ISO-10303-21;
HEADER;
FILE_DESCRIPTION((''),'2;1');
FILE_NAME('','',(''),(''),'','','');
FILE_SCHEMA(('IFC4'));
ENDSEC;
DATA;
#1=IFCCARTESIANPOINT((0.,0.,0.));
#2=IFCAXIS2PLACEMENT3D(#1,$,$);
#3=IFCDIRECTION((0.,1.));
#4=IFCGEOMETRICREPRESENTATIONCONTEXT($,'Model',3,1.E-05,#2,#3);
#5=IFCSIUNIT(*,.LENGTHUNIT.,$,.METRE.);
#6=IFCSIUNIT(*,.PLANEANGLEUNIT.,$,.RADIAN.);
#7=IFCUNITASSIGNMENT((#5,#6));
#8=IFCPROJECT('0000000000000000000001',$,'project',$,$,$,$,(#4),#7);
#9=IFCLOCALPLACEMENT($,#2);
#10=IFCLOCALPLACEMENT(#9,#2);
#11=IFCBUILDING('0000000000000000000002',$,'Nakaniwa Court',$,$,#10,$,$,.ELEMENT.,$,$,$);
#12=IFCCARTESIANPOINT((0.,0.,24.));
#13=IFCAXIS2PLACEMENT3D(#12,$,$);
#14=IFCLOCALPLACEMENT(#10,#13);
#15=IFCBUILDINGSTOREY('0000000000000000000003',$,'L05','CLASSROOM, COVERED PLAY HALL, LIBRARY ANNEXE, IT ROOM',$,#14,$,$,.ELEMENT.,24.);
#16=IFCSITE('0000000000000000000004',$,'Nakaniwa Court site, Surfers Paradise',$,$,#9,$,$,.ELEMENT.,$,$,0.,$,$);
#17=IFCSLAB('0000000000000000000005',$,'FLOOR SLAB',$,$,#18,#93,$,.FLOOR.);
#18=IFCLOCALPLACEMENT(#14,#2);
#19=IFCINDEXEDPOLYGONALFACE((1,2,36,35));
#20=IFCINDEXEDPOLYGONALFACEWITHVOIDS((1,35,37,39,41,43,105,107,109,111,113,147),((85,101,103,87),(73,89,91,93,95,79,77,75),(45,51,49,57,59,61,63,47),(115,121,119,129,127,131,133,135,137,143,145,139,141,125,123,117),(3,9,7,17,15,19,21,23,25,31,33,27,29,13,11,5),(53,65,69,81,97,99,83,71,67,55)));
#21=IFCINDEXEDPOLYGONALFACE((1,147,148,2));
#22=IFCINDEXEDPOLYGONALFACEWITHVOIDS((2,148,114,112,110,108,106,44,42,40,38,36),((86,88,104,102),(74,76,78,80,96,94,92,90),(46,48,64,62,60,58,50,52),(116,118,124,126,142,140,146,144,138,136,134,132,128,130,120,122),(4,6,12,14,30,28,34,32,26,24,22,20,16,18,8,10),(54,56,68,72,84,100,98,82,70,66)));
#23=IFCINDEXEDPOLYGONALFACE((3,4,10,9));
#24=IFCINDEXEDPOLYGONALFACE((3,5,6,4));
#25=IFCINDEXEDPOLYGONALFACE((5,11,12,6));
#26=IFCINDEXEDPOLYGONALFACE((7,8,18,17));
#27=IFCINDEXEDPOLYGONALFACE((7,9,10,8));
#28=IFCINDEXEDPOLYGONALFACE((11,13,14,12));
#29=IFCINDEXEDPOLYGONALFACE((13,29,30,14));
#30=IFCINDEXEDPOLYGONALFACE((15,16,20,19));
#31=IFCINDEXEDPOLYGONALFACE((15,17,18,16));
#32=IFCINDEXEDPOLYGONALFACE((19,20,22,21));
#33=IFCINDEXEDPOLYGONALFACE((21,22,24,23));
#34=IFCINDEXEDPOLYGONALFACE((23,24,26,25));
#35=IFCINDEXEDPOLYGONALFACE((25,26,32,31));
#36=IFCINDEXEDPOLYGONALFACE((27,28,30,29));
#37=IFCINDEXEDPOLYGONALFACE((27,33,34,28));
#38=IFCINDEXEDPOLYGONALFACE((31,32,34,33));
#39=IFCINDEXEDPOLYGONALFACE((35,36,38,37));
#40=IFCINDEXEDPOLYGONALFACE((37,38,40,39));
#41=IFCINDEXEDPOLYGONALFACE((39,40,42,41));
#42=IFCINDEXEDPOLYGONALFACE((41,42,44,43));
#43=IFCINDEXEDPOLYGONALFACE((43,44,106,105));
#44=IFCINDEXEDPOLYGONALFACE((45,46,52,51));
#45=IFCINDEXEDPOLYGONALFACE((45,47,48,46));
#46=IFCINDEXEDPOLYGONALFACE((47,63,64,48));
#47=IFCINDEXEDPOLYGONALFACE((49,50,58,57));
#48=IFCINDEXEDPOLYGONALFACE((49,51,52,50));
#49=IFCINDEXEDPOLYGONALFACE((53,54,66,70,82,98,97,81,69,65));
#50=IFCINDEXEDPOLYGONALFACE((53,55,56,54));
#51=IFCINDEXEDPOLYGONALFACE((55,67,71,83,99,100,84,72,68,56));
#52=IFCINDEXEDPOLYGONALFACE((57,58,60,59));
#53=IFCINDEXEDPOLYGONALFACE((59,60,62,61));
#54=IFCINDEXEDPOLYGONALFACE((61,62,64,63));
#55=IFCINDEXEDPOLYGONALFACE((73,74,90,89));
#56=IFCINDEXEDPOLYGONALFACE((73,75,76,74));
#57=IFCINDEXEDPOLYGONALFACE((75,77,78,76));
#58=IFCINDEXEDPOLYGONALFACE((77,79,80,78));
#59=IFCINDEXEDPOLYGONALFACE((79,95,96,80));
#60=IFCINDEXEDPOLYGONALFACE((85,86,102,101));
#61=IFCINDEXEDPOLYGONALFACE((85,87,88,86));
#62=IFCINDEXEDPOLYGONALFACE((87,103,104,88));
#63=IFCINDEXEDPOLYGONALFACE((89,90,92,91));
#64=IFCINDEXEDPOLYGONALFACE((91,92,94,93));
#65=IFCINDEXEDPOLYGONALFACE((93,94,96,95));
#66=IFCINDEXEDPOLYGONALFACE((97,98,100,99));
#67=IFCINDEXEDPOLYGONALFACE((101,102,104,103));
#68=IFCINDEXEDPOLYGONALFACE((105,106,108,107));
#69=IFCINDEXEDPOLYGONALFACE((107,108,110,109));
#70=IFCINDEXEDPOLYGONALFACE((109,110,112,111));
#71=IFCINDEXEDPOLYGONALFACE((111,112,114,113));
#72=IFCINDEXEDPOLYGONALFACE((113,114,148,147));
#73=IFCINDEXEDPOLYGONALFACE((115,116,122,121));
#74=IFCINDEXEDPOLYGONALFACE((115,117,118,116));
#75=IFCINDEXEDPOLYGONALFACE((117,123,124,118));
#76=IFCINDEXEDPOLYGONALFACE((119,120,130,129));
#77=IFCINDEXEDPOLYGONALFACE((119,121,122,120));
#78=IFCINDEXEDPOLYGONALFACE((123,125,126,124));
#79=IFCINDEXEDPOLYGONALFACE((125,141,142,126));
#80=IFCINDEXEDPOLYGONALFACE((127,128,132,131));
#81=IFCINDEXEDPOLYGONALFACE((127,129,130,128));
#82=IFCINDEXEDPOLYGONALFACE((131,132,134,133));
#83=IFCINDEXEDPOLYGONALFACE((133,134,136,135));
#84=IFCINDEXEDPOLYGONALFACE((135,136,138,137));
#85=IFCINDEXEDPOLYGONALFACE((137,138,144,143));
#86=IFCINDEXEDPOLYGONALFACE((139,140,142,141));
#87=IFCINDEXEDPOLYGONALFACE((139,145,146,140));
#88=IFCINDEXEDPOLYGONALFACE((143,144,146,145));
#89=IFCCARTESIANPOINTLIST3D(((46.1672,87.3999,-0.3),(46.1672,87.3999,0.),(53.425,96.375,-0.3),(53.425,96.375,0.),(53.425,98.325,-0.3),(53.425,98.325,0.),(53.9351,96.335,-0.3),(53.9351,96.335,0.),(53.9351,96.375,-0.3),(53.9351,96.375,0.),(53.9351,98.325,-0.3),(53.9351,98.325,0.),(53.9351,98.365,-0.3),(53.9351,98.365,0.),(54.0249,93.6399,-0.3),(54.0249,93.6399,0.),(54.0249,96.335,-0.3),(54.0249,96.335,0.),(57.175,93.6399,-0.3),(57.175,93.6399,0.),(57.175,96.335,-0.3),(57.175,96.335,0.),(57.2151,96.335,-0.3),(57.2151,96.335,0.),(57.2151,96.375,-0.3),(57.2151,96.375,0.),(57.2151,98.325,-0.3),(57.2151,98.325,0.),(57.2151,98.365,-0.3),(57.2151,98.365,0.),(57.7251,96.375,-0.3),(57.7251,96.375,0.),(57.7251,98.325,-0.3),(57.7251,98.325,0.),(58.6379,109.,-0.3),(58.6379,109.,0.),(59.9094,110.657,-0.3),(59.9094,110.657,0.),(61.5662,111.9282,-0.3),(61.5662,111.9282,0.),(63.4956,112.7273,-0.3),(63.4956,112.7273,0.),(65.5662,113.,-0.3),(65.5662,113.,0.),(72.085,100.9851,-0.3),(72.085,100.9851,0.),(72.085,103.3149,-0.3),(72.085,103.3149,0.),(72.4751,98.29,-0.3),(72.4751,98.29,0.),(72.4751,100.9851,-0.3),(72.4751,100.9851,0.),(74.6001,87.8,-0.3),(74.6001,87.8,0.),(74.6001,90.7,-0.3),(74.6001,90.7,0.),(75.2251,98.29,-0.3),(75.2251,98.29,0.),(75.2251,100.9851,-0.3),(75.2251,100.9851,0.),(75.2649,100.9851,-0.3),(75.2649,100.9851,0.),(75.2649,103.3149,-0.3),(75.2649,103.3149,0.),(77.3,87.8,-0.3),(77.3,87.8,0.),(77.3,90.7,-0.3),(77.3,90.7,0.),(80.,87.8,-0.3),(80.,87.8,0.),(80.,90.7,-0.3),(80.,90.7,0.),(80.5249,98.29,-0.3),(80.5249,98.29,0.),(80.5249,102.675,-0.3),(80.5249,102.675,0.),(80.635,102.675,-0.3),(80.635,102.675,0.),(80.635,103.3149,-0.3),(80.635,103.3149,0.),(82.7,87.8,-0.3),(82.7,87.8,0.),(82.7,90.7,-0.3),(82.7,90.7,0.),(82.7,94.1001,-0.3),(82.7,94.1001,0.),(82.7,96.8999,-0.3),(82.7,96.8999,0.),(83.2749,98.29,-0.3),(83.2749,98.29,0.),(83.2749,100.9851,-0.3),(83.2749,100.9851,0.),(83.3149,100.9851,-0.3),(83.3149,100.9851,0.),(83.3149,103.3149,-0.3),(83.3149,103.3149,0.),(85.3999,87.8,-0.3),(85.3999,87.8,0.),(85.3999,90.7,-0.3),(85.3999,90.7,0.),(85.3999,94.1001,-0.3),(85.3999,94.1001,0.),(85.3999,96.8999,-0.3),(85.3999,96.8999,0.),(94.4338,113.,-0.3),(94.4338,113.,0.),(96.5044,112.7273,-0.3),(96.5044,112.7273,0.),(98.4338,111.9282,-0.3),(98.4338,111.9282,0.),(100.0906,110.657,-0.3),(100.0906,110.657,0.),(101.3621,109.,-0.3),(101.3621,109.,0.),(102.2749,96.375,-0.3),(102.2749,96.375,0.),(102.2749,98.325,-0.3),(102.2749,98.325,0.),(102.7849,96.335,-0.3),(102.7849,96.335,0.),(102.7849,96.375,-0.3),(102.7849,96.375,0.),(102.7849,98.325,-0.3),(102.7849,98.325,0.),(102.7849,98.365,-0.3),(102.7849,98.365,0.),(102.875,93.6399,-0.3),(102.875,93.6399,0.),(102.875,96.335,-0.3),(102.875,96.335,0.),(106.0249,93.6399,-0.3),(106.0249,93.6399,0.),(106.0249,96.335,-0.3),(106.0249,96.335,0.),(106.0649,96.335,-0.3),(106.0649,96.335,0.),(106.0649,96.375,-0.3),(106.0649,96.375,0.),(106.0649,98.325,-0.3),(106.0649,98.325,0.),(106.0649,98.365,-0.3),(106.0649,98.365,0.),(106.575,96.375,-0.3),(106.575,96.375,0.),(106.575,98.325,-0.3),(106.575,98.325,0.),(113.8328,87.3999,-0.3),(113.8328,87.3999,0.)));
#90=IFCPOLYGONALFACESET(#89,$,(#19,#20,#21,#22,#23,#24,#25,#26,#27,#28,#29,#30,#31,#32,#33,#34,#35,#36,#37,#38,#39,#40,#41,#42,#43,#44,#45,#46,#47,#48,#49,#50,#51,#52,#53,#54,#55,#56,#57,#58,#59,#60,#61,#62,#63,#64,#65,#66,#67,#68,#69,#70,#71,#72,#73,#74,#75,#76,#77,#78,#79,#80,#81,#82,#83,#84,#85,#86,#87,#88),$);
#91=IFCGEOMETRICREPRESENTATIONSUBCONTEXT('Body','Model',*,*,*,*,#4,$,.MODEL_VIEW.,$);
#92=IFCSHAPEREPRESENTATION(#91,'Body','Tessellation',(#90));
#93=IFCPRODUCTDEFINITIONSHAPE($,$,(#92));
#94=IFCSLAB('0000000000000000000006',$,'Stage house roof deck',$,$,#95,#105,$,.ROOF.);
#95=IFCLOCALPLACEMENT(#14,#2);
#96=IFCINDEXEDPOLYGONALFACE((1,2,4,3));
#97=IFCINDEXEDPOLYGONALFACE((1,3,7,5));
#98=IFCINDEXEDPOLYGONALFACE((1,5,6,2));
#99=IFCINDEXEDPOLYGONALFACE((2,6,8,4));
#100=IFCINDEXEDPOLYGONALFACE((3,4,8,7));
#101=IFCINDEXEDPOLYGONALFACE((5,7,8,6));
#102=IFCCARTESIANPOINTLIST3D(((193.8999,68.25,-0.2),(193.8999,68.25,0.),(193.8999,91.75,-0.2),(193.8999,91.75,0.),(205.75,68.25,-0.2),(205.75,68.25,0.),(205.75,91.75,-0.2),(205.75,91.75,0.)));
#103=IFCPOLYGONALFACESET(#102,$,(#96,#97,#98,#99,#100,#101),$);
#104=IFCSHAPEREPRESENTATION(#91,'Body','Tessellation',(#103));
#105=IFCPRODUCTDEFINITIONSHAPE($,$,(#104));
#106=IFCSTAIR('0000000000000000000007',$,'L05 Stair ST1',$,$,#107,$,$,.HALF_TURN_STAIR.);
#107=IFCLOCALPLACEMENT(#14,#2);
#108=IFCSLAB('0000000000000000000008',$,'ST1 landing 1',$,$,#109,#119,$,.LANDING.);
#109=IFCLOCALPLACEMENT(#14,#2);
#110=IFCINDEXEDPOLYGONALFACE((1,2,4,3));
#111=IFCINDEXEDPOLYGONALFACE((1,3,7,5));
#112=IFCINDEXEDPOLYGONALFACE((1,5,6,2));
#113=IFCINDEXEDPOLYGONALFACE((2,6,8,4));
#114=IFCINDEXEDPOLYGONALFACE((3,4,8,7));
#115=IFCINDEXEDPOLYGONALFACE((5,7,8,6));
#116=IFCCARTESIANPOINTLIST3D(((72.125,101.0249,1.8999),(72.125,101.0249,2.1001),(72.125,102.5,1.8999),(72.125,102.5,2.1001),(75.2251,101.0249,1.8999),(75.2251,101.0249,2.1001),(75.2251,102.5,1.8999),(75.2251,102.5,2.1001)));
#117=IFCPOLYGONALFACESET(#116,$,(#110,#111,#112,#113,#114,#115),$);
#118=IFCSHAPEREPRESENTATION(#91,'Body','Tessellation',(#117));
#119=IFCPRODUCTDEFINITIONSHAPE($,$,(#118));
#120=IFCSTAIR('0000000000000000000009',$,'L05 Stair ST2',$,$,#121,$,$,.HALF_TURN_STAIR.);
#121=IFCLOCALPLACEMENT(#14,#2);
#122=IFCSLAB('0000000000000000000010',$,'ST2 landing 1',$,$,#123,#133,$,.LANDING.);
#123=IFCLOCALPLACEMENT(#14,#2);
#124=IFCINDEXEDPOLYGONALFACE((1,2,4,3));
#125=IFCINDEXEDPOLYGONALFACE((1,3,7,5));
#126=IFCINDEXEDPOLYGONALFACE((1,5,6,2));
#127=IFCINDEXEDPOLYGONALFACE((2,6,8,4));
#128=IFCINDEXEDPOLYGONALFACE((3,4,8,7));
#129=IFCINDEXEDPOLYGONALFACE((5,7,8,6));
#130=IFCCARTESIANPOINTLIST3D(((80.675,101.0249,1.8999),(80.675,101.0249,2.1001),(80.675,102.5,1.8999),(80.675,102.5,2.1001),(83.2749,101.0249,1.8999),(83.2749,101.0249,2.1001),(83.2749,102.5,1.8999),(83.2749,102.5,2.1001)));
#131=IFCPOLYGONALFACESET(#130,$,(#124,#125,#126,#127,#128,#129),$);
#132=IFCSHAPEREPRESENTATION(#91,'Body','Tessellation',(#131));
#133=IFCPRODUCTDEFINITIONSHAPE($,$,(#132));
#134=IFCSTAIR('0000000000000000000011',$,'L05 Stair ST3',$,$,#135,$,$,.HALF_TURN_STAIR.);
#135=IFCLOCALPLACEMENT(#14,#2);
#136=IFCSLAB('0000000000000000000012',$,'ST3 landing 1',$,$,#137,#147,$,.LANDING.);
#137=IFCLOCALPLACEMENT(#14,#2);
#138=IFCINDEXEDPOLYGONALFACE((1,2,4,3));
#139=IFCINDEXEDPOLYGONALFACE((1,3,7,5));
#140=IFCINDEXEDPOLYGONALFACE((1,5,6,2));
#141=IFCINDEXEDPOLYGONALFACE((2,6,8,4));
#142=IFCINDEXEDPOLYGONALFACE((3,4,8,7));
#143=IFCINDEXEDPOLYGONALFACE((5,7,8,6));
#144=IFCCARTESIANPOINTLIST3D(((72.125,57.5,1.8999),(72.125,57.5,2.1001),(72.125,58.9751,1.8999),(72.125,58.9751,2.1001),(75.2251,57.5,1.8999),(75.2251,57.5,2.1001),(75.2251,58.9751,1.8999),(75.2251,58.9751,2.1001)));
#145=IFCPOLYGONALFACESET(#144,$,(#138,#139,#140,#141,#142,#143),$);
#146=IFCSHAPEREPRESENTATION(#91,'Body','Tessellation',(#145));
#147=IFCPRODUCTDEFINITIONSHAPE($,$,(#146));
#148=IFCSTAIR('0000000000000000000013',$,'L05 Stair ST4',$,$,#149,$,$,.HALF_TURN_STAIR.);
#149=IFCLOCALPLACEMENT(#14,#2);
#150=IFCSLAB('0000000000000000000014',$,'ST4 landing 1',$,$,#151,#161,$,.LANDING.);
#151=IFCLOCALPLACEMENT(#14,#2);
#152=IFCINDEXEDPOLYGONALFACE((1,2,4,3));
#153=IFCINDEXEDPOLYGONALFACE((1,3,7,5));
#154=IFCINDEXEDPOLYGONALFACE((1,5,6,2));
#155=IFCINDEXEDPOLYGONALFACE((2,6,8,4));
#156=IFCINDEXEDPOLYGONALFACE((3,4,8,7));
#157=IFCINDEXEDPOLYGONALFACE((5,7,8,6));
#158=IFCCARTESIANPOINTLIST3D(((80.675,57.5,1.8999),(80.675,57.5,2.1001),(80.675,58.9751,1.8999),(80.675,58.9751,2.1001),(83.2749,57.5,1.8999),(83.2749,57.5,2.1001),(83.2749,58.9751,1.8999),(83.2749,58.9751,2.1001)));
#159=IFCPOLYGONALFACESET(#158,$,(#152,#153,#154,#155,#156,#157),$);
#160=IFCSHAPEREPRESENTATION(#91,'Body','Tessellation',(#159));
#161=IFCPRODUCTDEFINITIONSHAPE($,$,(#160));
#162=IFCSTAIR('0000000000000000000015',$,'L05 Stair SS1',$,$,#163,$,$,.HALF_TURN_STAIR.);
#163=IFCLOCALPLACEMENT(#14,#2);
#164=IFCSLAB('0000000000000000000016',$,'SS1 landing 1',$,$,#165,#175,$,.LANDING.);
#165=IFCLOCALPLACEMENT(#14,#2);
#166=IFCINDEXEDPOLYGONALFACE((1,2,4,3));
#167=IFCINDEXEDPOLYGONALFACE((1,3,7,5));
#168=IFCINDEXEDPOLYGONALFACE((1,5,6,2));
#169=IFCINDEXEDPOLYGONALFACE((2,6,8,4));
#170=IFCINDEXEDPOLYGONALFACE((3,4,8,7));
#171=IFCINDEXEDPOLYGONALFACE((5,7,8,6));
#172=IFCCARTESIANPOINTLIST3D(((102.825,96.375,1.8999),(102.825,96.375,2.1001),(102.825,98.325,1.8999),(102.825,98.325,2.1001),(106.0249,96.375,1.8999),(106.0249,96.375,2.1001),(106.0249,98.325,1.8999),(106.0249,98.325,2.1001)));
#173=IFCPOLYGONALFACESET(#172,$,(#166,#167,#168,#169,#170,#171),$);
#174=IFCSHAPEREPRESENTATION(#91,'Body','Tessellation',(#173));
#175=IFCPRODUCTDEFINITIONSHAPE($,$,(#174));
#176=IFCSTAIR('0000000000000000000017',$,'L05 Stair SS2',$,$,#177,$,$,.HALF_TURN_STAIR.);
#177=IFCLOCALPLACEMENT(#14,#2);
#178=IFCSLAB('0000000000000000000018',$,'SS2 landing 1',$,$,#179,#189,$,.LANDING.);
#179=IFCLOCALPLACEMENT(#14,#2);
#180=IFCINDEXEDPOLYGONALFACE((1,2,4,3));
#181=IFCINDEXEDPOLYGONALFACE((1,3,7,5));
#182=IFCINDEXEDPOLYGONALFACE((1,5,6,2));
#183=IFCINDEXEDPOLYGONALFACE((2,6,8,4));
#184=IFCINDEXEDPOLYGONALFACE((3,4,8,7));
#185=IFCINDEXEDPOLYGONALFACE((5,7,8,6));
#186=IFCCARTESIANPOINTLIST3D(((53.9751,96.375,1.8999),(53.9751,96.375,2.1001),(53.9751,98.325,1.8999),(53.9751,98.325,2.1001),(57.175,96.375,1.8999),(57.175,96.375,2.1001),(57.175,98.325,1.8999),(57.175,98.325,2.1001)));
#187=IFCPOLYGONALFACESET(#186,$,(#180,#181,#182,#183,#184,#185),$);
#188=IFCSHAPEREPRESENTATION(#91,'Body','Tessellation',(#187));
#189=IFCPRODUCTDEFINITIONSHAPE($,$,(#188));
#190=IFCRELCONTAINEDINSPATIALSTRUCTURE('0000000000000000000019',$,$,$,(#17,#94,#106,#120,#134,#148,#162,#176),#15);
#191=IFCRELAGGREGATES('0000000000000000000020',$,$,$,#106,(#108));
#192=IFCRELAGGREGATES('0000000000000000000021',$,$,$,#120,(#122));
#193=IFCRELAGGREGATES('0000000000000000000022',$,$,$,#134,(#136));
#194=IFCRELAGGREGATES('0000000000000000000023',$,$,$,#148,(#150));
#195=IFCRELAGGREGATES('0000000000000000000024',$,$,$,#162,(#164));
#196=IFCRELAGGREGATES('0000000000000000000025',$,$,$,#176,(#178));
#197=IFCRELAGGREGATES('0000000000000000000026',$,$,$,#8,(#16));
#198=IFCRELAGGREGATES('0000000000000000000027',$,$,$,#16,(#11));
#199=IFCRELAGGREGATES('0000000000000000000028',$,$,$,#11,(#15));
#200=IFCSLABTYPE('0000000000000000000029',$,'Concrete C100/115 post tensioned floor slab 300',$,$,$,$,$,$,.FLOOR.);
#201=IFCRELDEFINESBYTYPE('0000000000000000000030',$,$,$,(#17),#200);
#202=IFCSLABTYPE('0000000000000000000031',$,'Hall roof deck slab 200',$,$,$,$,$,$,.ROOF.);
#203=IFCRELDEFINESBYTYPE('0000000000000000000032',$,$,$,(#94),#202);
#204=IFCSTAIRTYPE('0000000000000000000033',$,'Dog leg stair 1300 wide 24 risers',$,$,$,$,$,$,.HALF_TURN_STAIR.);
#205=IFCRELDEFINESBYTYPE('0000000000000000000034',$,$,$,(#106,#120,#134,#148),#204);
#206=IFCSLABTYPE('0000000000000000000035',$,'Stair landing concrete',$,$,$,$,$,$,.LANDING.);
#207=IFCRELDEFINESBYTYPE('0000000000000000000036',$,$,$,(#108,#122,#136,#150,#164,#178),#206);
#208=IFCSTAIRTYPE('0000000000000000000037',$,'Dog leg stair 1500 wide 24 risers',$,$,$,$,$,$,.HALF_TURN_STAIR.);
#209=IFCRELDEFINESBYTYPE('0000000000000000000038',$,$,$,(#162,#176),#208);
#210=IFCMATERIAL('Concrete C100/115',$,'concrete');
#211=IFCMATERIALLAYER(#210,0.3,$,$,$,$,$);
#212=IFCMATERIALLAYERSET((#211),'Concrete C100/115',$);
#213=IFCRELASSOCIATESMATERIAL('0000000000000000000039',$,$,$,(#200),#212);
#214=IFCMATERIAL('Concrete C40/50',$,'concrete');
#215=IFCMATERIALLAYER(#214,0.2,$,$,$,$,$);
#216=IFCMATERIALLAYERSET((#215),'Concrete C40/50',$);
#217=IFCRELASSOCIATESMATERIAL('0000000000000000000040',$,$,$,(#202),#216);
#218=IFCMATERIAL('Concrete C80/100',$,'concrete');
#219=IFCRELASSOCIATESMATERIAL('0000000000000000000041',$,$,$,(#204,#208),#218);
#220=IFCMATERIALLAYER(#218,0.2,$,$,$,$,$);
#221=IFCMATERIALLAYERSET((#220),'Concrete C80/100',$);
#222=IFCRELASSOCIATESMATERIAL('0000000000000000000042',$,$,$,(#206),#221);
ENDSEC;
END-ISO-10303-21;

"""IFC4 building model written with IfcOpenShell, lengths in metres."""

from ifc_helpers import new_model, si_unit, direction, frame, origin, place, context, subcontext, project, spatial, polyline, outline, extrude, material, layer, layer_set, type_object, element, aggregate, save


model = new_model("IFC4")

# Units and contexts
model_context = context("Model", 3, precision=1e-05, world=origin(), true_north=direction((0.0, 1.0)))
body_context = subcontext(model_context, "Body", "Model", "MODEL_VIEW")
ifc_project = project(units=[si_unit("LENGTHUNIT", "METRE"), si_unit("PLANEANGLEUNIT", "RADIAN")], contexts=[model_context])

# Site, building, storey
site_placement = place(None, origin())
site = spatial("IfcSite", under=ifc_project, at=site_placement, Name="Nakaniwa Court site, Surfers Paradise", CompositionType="ELEMENT", RefElevation=0.0)
building_placement = place(site_placement, origin())
building = spatial("IfcBuilding", under=site, at=building_placement, Name="Nakaniwa Court", CompositionType="ELEMENT")
storey_placement = place(building_placement, frame((0.0, 0.0, 24.0)))
storey = spatial("IfcBuildingStorey", under=building, at=storey_placement, Name="L05", Description="CLASSROOM, COVERED PLAY HALL, LIBRARY ANNEXE, IT ROOM", CompositionType="ELEMENT", Elevation=24.0)

# Shared definitions
ifc_material_1 = material(Name="Concrete C100/115", Category="concrete")

# Slabs
ifc_layer_1 = layer(ifc_material_1, 0.3)
ifc_layer_set_1 = layer_set([ifc_layer_1], Name="Concrete C100/115")
slab_type_1 = type_object("IfcSlabType", Name="Concrete C100/115 post tensioned floor slab 300", PredefinedType="FLOOR", material=ifc_layer_set_1)
slab_1_placement = place(storey_placement, frame((0.0, 0.0, -0.3)))
element("IfcSlab", 1, at=slab_1_placement, inside=storey, type_object=slab_type_1, Name="FLOOR SLAB", PredefinedType="FLOOR", context=body_context, shape_type="SweptSolid", body=[
    extrude(outline(polyline([(58.6379, 109.0), (46.1672, 87.3999), (113.8328, 87.3999), (101.3621, 109.0), (100.0906, 110.657), (98.4338, 111.9282), (96.5044, 112.7273), (94.4338, 113.0), (65.5662, 113.0), (63.4956, 112.7273), (61.5662, 111.9282), (59.9094, 110.657), (58.6379, 109.0)]), holes=[polyline([(82.7, 90.7), (80.0, 90.7), (77.3, 90.7), (74.6001, 90.7), (74.6001, 87.8), (77.3, 87.8), (80.0, 87.8), (82.7, 87.8), (85.3999, 87.8), (85.3999, 90.7), (82.7, 90.7)]), polyline([(57.175, 96.335), (57.2151, 96.335), (57.2151, 96.375), (57.7251, 96.375), (57.7251, 98.325), (57.2151, 98.325), (57.2151, 98.365), (53.9351, 98.365), (53.9351, 98.325), (53.425, 98.325), (53.425, 96.375), (53.9351, 96.375), (53.9351, 96.335), (54.0249, 96.335), (54.0249, 93.6399), (57.175, 93.6399), (57.175, 96.335)]), polyline([(75.2649, 100.9851), (75.2649, 103.3149), (72.085, 103.3149), (72.085, 100.9851), (72.4751, 100.9851), (72.4751, 98.29), (75.2251, 98.29), (75.2251, 100.9851), (75.2649, 100.9851)]), polyline([(85.3999, 94.1001), (85.3999, 96.8999), (82.7, 96.8999), (82.7, 94.1001), (85.3999, 94.1001)]), polyline([(106.0249, 96.335), (106.0649, 96.335), (106.0649, 96.375), (106.575, 96.375), (106.575, 98.325), (106.0649, 98.325), (106.0649, 98.365), (102.7849, 98.365), (102.7849, 98.325), (102.2749, 98.325), (102.2749, 96.375), (102.7849, 96.375), (102.7849, 96.335), (102.875, 96.335), (102.875, 93.6399), (106.0249, 93.6399), (106.0249, 96.335)]), polyline([(83.2749, 100.9851), (83.3149, 100.9851), (83.3149, 103.3149), (80.635, 103.3149), (80.635, 102.675), (80.5249, 102.675), (80.5249, 98.29), (83.2749, 98.29), (83.2749, 100.9851)])]), origin(), (0.0, 0.0, 1.0), 0.3),
])
ifc_material_2 = material(Name="Concrete C40/50", Category="concrete")
ifc_layer_2 = layer(ifc_material_2, 0.2)
ifc_layer_set_2 = layer_set([ifc_layer_2], Name="Concrete C40/50")
slab_type_2 = type_object("IfcSlabType", Name="Hall roof deck slab 200", PredefinedType="ROOF", material=ifc_layer_set_2)
slab_2_placement = place(storey_placement, frame((0.0, 0.0, -0.2)))
element("IfcSlab", 2, at=slab_2_placement, inside=storey, type_object=slab_type_2, Name="Stage house roof deck", PredefinedType="ROOF", context=body_context, shape_type="SweptSolid", body=[
    extrude(outline(polyline([(205.75, 68.25), (205.75, 91.75), (193.8999, 91.75), (193.8999, 68.25), (205.75, 68.25)])), origin(), (0.0, 0.0, 1.0), 0.2),
])

# Stairs, slabs
ifc_material_3 = material(Name="Concrete C80/100", Category="concrete")
stair_type_1 = type_object("IfcStairType", Name="Dog leg stair 1300 wide 24 risers", PredefinedType="HALF_TURN_STAIR", material=ifc_material_3)
stair_1_placement = place(storey_placement, origin())
stair_1 = element("IfcStair", 3, at=stair_1_placement, inside=storey, type_object=stair_type_1, Name="L05 Stair ST1", PredefinedType="HALF_TURN_STAIR")
ifc_layer_3 = layer(ifc_material_3, 0.2)
ifc_layer_set_3 = layer_set([ifc_layer_3], Name="Concrete C80/100")
slab_type_3 = type_object("IfcSlabType", Name="Stair landing concrete", PredefinedType="LANDING", material=ifc_layer_set_3)
slab_3_placement = place(storey_placement, frame((0.0, 0.0, 1.8999)))
slab_3 = element("IfcSlab", 4, at=slab_3_placement, type_object=slab_type_3, Name="ST1 landing 1", PredefinedType="LANDING", context=body_context, shape_type="SweptSolid", body=[
    extrude(outline(polyline([(75.2251, 101.0249), (75.2251, 102.5), (72.125, 102.5), (72.125, 101.0249), (75.2251, 101.0249)])), origin(), (0.0, 0.0, 1.0), 0.2002),
])
aggregate(stair_1, [slab_3])
stair_2_placement = place(storey_placement, origin())
stair_2 = element("IfcStair", 5, at=stair_2_placement, inside=storey, type_object=stair_type_1, Name="L05 Stair ST2", PredefinedType="HALF_TURN_STAIR")
slab_4_placement = place(storey_placement, frame((0.0, 0.0, 1.8999)))
slab_4 = element("IfcSlab", 6, at=slab_4_placement, type_object=slab_type_3, Name="ST2 landing 1", PredefinedType="LANDING", context=body_context, shape_type="SweptSolid", body=[
    extrude(outline(polyline([(83.2749, 101.0249), (83.2749, 102.5), (80.675, 102.5), (80.675, 101.0249), (83.2749, 101.0249)])), origin(), (0.0, 0.0, 1.0), 0.2002),
])
aggregate(stair_2, [slab_4])
stair_3_placement = place(storey_placement, origin())
stair_3 = element("IfcStair", 7, at=stair_3_placement, inside=storey, type_object=stair_type_1, Name="L05 Stair ST3", PredefinedType="HALF_TURN_STAIR")
slab_5_placement = place(storey_placement, frame((0.0, 0.0, 1.8999)))
slab_5 = element("IfcSlab", 8, at=slab_5_placement, type_object=slab_type_3, Name="ST3 landing 1", PredefinedType="LANDING", context=body_context, shape_type="SweptSolid", body=[
    extrude(outline(polyline([(75.2251, 57.5), (75.2251, 58.9751), (72.125, 58.9751), (72.125, 57.5), (75.2251, 57.5)])), origin(), (0.0, 0.0, 1.0), 0.2002),
])
aggregate(stair_3, [slab_5])
stair_4_placement = place(storey_placement, origin())
stair_4 = element("IfcStair", 9, at=stair_4_placement, inside=storey, type_object=stair_type_1, Name="L05 Stair ST4", PredefinedType="HALF_TURN_STAIR")
slab_6_placement = place(storey_placement, frame((0.0, 0.0, 1.8999)))
slab_6 = element("IfcSlab", 10, at=slab_6_placement, type_object=slab_type_3, Name="ST4 landing 1", PredefinedType="LANDING", context=body_context, shape_type="SweptSolid", body=[
    extrude(outline(polyline([(83.2749, 57.5), (83.2749, 58.9751), (80.675, 58.9751), (80.675, 57.5), (83.2749, 57.5)])), origin(), (0.0, 0.0, 1.0), 0.2002),
])
aggregate(stair_4, [slab_6])
stair_type_2 = type_object("IfcStairType", Name="Dog leg stair 1500 wide 24 risers", PredefinedType="HALF_TURN_STAIR", material=ifc_material_3)
stair_5_placement = place(storey_placement, origin())
stair_5 = element("IfcStair", 11, at=stair_5_placement, inside=storey, type_object=stair_type_2, Name="L05 Stair SS1", PredefinedType="HALF_TURN_STAIR")
slab_7_placement = place(storey_placement, frame((0.0, 0.0, 1.8999)))
slab_7 = element("IfcSlab", 12, at=slab_7_placement, type_object=slab_type_3, Name="SS1 landing 1", PredefinedType="LANDING", context=body_context, shape_type="SweptSolid", body=[
    extrude(outline(polyline([(106.0249, 96.375), (106.0249, 98.325), (102.825, 98.325), (102.825, 96.375), (106.0249, 96.375)])), origin(), (0.0, 0.0, 1.0), 0.2002),
])
aggregate(stair_5, [slab_7])
stair_6_placement = place(storey_placement, origin())
stair_6 = element("IfcStair", 13, at=stair_6_placement, inside=storey, type_object=stair_type_2, Name="L05 Stair SS2", PredefinedType="HALF_TURN_STAIR")
slab_8_placement = place(storey_placement, frame((0.0, 0.0, 1.8999)))
slab_8 = element("IfcSlab", 14, at=slab_8_placement, type_object=slab_type_3, Name="SS2 landing 1", PredefinedType="LANDING", context=body_context, shape_type="SweptSolid", body=[
    extrude(outline(polyline([(57.175, 96.375), (57.175, 98.325), (53.9751, 98.325), (53.9751, 96.375), (57.175, 96.375)])), origin(), (0.0, 0.0, 1.0), 0.2002),
])
aggregate(stair_6, [slab_8])

save(model, "model.ifc")
